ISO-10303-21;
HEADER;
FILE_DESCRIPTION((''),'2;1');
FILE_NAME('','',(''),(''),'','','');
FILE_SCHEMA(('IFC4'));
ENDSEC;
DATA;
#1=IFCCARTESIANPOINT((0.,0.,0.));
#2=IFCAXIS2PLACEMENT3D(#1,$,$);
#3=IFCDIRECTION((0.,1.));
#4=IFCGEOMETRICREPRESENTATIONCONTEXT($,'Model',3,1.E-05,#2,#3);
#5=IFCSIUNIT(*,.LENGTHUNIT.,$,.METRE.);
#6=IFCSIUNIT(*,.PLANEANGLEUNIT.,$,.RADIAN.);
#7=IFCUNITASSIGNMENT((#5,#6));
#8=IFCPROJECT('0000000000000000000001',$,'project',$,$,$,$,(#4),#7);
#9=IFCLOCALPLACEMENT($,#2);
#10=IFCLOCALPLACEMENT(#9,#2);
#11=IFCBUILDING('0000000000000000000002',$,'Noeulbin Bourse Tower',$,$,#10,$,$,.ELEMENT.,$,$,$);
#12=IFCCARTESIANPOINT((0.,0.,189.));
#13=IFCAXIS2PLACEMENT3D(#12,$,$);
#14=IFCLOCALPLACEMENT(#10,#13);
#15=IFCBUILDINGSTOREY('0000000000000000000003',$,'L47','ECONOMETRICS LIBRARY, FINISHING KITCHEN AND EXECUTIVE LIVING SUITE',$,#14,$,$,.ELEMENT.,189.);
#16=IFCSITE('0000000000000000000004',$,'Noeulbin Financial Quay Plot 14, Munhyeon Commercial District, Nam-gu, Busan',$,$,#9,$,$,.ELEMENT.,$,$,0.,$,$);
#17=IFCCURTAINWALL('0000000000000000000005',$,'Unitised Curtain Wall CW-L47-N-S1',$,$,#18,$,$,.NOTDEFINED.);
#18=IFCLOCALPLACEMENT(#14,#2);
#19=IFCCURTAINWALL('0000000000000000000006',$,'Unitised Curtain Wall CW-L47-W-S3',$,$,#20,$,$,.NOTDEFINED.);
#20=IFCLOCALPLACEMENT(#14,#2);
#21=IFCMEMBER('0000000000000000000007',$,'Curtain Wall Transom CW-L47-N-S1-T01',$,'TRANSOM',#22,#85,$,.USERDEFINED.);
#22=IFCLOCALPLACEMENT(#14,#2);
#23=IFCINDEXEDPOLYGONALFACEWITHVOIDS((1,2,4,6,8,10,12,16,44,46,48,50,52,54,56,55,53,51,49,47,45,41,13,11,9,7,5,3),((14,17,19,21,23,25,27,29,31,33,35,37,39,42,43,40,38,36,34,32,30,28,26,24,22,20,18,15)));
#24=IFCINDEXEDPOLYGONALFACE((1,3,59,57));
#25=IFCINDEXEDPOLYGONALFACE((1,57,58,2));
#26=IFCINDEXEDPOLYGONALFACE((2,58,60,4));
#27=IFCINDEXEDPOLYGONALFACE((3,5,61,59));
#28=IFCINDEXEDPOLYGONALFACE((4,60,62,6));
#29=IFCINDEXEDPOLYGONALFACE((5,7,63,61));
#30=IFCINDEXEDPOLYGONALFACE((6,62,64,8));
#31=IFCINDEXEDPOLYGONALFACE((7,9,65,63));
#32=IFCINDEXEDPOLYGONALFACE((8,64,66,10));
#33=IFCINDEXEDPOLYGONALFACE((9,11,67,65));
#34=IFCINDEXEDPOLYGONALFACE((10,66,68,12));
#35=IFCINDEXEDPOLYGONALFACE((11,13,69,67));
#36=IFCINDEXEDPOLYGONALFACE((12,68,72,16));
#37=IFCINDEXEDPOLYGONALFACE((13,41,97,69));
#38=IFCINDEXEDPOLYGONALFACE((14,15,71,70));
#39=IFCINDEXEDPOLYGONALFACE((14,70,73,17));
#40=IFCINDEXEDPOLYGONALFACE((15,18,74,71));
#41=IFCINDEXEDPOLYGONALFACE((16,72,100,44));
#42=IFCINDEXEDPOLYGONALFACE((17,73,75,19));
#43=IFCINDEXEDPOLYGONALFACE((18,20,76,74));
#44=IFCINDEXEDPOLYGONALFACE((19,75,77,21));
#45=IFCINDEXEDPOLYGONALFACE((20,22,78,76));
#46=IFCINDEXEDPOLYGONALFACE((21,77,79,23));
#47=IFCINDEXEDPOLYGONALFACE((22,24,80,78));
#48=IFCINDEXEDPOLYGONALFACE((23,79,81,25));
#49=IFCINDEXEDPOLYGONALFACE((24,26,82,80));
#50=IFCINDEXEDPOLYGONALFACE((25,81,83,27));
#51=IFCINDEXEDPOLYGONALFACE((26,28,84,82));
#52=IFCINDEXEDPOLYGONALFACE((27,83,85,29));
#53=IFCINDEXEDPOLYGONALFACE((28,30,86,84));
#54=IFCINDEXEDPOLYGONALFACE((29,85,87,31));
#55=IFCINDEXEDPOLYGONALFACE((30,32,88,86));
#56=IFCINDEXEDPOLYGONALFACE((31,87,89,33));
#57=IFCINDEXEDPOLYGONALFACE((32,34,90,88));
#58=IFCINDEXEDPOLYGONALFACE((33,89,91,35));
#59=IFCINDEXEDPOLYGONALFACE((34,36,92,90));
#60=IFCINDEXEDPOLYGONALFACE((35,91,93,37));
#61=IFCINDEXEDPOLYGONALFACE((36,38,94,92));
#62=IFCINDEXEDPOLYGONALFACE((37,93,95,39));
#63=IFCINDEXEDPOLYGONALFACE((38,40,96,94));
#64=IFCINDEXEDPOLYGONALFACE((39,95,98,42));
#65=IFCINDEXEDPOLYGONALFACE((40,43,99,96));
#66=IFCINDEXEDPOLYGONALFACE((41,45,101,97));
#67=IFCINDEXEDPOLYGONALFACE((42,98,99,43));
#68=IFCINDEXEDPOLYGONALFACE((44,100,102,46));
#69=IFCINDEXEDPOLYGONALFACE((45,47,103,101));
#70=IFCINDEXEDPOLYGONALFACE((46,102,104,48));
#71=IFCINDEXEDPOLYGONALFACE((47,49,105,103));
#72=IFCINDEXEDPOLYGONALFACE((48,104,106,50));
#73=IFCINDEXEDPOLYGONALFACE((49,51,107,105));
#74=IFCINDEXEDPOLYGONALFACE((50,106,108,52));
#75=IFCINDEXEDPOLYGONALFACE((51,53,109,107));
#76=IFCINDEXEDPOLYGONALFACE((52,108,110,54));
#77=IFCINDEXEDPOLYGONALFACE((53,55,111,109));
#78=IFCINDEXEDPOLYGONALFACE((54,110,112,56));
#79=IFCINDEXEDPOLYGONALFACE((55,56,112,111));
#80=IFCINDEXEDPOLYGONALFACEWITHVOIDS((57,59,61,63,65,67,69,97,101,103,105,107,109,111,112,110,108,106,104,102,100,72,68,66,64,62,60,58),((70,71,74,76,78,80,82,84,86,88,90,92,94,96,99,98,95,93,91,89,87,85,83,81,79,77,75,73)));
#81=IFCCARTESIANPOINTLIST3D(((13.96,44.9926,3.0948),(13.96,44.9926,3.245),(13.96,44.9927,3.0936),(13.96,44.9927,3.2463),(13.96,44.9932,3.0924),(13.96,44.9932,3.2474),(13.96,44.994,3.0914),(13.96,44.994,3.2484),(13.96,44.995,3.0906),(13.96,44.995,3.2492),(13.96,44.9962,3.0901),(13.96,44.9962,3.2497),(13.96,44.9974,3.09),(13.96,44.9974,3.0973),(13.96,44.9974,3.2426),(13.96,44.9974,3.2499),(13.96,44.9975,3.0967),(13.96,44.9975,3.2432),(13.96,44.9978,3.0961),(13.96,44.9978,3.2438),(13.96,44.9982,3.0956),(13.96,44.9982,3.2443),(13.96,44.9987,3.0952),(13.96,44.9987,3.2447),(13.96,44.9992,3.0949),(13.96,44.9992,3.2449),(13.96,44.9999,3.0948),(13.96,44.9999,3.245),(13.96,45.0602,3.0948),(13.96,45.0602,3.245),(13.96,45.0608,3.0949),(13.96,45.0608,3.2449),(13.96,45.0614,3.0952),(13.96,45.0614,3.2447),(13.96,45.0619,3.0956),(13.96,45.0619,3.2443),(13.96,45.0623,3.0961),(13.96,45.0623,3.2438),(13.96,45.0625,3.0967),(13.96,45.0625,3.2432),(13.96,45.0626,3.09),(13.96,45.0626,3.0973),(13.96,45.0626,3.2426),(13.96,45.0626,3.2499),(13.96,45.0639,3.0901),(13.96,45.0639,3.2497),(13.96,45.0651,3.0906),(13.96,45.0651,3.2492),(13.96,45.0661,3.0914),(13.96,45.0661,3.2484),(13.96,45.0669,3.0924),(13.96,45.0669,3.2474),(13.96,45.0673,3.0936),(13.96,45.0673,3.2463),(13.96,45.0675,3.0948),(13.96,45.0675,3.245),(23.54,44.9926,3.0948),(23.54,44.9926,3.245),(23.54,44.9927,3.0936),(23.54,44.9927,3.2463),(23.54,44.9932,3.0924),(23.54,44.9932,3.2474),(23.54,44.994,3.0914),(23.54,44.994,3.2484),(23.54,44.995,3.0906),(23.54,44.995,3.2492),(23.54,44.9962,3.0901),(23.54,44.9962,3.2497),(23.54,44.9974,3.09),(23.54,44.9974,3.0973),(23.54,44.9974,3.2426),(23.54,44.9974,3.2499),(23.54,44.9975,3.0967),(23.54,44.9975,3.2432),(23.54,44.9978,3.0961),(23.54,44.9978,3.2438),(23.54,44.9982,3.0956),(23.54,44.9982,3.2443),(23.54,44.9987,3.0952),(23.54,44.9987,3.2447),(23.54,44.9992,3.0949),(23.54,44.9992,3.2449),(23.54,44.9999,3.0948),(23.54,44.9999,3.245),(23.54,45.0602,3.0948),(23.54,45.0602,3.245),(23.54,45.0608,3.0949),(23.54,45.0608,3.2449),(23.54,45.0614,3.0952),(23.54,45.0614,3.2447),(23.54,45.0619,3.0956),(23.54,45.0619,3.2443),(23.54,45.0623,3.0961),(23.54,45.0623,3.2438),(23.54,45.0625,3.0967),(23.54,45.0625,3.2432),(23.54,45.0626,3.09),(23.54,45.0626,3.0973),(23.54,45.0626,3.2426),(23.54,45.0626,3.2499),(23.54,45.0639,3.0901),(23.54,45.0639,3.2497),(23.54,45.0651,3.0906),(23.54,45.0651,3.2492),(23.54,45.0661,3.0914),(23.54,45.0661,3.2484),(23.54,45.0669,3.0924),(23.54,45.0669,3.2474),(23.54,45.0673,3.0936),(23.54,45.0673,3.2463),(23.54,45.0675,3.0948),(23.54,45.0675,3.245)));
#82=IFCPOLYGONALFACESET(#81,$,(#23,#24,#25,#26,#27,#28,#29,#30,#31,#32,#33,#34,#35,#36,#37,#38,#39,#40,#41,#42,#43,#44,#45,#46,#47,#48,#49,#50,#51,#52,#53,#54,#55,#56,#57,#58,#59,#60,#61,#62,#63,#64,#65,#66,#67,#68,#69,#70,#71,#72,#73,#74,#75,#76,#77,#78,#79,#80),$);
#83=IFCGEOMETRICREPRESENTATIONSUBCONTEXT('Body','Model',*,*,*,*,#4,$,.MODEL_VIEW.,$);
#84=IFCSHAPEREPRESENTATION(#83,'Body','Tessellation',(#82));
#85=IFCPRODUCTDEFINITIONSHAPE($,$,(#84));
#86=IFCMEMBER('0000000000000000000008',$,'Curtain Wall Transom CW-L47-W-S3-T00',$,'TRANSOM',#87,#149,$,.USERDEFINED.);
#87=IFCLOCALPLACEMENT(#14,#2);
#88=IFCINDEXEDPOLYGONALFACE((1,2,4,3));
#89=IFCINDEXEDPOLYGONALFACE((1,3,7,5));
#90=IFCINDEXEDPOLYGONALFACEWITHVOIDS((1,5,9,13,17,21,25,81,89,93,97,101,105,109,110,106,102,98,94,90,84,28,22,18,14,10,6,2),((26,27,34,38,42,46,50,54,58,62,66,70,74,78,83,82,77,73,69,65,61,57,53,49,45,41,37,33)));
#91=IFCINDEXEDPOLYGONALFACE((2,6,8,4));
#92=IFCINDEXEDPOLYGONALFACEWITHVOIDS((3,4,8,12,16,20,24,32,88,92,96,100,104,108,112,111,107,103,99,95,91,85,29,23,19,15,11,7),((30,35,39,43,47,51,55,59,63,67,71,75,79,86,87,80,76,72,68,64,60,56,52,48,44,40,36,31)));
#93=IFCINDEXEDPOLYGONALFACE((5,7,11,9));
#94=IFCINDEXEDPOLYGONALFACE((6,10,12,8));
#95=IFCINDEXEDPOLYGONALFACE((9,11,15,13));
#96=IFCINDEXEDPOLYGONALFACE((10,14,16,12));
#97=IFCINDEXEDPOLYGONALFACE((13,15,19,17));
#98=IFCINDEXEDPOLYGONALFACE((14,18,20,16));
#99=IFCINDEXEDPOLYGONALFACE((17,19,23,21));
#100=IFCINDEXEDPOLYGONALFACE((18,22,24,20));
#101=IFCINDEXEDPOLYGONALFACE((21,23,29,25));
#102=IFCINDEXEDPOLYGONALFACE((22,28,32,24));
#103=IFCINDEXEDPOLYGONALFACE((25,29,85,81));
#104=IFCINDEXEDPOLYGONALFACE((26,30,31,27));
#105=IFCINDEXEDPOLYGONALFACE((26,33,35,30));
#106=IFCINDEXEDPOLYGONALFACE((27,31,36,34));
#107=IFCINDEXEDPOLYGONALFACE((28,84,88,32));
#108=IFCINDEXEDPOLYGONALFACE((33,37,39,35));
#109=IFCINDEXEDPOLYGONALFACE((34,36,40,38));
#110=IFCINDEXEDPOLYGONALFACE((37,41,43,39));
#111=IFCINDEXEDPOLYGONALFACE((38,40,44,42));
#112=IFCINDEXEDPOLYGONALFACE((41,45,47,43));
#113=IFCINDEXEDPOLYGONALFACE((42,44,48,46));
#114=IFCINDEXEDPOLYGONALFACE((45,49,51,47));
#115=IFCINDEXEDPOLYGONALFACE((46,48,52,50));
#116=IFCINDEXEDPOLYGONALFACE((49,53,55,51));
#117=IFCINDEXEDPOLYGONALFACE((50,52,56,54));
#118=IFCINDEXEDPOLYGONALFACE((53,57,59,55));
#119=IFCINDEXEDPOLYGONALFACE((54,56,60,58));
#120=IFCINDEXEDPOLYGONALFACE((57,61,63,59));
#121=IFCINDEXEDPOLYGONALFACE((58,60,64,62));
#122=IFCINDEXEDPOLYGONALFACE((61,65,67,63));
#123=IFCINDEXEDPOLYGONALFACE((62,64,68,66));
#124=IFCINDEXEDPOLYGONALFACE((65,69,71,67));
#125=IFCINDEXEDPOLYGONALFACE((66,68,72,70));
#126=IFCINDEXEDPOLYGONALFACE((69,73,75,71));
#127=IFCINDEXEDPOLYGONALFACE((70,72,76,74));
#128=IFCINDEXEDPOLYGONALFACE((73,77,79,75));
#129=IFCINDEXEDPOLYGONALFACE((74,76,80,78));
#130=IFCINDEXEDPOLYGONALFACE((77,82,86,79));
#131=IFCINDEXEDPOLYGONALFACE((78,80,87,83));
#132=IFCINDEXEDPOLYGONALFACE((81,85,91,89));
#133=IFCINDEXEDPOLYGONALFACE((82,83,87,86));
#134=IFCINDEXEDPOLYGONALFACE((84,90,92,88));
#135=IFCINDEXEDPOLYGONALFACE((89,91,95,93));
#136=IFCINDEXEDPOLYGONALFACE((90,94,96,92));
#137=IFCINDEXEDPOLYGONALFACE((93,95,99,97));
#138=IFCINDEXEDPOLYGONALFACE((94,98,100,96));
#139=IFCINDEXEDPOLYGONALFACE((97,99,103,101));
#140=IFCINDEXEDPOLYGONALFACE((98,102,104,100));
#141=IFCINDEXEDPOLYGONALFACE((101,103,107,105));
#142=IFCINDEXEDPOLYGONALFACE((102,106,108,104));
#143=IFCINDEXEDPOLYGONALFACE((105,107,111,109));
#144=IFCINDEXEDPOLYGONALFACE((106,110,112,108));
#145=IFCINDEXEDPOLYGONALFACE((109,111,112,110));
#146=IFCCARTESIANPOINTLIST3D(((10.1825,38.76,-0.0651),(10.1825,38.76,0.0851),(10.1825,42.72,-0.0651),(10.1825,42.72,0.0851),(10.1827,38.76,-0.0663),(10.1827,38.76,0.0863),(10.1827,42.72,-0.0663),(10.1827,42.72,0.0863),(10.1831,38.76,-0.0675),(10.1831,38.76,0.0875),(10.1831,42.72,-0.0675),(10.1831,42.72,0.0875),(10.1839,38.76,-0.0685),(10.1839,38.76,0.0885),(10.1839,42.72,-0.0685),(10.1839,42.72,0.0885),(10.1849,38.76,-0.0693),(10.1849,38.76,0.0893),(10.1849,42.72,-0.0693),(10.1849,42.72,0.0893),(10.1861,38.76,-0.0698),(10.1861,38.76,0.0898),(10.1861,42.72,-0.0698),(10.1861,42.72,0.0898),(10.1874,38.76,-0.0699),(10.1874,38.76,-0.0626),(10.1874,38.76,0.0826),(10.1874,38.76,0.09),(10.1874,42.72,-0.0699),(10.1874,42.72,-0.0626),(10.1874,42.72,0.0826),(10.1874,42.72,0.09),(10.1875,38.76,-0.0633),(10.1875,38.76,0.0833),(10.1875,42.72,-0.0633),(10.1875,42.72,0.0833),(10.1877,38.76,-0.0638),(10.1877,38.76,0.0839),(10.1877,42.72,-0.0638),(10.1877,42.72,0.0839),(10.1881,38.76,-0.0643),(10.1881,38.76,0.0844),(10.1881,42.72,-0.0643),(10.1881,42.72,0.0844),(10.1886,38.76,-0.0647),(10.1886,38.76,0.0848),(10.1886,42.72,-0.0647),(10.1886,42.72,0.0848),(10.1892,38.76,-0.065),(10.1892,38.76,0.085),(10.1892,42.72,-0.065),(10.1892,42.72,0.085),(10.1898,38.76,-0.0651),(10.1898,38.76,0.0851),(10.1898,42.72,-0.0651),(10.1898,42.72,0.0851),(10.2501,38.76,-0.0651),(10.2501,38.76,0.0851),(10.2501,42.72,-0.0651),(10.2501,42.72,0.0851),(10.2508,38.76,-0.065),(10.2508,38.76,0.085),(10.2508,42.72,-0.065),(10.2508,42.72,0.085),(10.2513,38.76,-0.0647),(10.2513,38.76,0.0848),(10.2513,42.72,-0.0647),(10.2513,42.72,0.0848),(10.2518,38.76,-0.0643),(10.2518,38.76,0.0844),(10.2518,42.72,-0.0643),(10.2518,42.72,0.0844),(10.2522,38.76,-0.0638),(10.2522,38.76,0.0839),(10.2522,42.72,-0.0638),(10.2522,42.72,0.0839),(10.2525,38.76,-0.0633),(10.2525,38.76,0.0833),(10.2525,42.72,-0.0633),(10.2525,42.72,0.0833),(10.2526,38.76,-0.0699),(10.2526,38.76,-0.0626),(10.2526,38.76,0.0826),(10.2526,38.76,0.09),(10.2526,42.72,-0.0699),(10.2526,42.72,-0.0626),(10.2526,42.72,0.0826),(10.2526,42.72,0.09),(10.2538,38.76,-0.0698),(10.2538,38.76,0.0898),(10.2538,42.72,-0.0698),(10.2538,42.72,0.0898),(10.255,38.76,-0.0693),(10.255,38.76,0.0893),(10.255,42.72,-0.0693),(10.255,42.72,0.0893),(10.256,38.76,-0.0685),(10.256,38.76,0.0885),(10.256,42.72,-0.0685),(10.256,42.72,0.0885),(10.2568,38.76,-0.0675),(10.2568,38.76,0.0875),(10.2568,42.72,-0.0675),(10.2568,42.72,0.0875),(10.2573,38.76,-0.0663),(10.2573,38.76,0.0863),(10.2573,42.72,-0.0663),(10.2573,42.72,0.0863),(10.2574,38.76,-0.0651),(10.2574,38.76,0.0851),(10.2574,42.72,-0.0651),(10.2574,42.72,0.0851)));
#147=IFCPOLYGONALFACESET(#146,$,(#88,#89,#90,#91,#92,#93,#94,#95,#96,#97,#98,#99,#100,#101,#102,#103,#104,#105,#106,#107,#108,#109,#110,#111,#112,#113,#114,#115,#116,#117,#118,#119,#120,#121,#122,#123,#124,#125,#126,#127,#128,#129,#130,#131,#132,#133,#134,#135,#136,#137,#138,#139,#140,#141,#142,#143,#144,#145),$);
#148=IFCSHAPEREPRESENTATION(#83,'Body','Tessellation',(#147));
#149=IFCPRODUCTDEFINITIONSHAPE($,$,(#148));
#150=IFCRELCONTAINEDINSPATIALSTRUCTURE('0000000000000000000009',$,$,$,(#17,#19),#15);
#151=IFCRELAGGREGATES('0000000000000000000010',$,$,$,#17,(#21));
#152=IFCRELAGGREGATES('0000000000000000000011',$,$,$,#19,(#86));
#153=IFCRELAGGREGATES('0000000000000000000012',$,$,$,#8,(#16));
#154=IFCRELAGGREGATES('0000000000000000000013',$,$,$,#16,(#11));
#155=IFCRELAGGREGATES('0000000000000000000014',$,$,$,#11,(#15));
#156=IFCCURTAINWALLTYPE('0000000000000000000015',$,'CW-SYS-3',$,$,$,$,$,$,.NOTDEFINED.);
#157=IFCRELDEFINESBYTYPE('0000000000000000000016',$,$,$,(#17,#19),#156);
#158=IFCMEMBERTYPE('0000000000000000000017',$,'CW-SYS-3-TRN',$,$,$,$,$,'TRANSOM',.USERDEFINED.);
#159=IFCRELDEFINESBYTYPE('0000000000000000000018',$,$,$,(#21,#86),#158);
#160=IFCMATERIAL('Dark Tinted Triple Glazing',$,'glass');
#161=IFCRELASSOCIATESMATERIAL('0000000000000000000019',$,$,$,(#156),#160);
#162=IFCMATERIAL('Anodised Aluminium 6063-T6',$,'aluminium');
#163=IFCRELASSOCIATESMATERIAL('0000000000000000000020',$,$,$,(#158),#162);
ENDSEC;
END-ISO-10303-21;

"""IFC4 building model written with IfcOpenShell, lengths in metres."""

from ifc_helpers import new_model, si_unit, direction, frame, origin, origin_2d, place, context, subcontext, project, spatial, hollow_rectangle, extrude, material, material_profile, profile_set, type_object, element, aggregate, save


model = new_model("IFC4")

# Units and contexts
model_context = context("Model", 3, precision=1e-05, world=origin(), true_north=direction((0.0, 1.0)))
body_context = subcontext(model_context, "Body", "Model", "MODEL_VIEW")
ifc_project = project(units=[si_unit("LENGTHUNIT", "METRE"), si_unit("PLANEANGLEUNIT", "RADIAN")], contexts=[model_context])

# Site, building, storey
site_placement = place(None, origin())
site = spatial("IfcSite", under=ifc_project, at=site_placement, Name="Noeulbin Financial Quay Plot 14, Munhyeon Commercial District, Nam-gu, Busan", CompositionType="ELEMENT", RefElevation=0.0)
building_placement = place(site_placement, origin())
building = spatial("IfcBuilding", under=site, at=building_placement, Name="Noeulbin Bourse Tower", CompositionType="ELEMENT")
storey_placement = place(building_placement, frame((0.0, 0.0, 189.0)))
storey = spatial("IfcBuildingStorey", under=building, at=storey_placement, Name="L47", Description="ECONOMETRICS LIBRARY, FINISHING KITCHEN AND EXECUTIVE LIVING SUITE", CompositionType="ELEMENT", Elevation=189.0)

# Curtain wall
ifc_material_1 = material(Name="Dark Tinted Triple Glazing", Category="glass")
curtain_wall_type = type_object("IfcCurtainWallType", Name="CW-SYS-3", PredefinedType="NOTDEFINED", material=ifc_material_1)
curtain_wall_1_placement = place(storey_placement, origin())
curtain_wall_1 = element("IfcCurtainWall", 1, at=curtain_wall_1_placement, inside=storey, type_object=curtain_wall_type, Name="Unitised Curtain Wall CW-L47-N-S1", PredefinedType="NOTDEFINED")
ifc_material_2 = material(Name="Anodised Aluminium 6063-T6", Category="aluminium")

# Curtain wall
curtain_wall_2_placement = place(storey_placement, origin())
curtain_wall_2 = element("IfcCurtainWall", 2, at=curtain_wall_2_placement, inside=storey, type_object=curtain_wall_type, Name="Unitised Curtain Wall CW-L47-W-S3", PredefinedType="NOTDEFINED")

# Members
ifc_material_profile_1 = material_profile(ifc_material_2, hollow_rectangle(XDim=0.075, YDim=0.1599, WallThickness=0.0049, InnerFilletRadius=0.0024, OuterFilletRadius=0.0049, at=origin_2d()), Name="ALU-TRAN-75x160x5", Category="LoadBearing")
ifc_profile_set_1 = profile_set([ifc_material_profile_1], Name="Anodised Aluminium 6063-T6")
member_type_1 = type_object("IfcMemberType", Name="CW-SYS-3-TRN", ElementType="TRANSOM", PredefinedType="USERDEFINED", material=ifc_profile_set_1)
member_1_placement = place(storey_placement, frame((13.96, 45.03, 3.1699), z_axis=(1.0, 0.0, 0.0), x_axis=(0.0, 1.0, 0.0)))
member_1 = element("IfcMember", 3, at=member_1_placement, type_object=member_type_1, Name="Curtain Wall Transom CW-L47-N-S1-T01", ObjectType="TRANSOM", PredefinedType="USERDEFINED", context=body_context, shape_type="SweptSolid", body=[
    extrude(hollow_rectangle(XDim=0.075, YDim=0.1599, WallThickness=0.0049, InnerFilletRadius=0.0024, OuterFilletRadius=0.0049, at=origin_2d()), origin(), (0.0, 0.0, 1.0), 9.5801),
])
aggregate(curtain_wall_1, [member_1])
member_2_placement = place(storey_placement, frame((10.22, 38.76, 0.01), z_axis=(0.0, 1.0, 0.0), x_axis=(-1.0, 0.0, 0.0)))
member_2 = element("IfcMember", 4, at=member_2_placement, type_object=member_type_1, Name="Curtain Wall Transom CW-L47-W-S3-T00", ObjectType="TRANSOM", PredefinedType="USERDEFINED", context=body_context, shape_type="SweptSolid", body=[
    extrude(hollow_rectangle(XDim=0.075, YDim=0.1599, WallThickness=0.0049, InnerFilletRadius=0.0024, OuterFilletRadius=0.0049, at=origin_2d()), origin(), (0.0, 0.0, 1.0), 3.96),
])

aggregate(curtain_wall_2, [member_2])

save(model, "model.ifc")
